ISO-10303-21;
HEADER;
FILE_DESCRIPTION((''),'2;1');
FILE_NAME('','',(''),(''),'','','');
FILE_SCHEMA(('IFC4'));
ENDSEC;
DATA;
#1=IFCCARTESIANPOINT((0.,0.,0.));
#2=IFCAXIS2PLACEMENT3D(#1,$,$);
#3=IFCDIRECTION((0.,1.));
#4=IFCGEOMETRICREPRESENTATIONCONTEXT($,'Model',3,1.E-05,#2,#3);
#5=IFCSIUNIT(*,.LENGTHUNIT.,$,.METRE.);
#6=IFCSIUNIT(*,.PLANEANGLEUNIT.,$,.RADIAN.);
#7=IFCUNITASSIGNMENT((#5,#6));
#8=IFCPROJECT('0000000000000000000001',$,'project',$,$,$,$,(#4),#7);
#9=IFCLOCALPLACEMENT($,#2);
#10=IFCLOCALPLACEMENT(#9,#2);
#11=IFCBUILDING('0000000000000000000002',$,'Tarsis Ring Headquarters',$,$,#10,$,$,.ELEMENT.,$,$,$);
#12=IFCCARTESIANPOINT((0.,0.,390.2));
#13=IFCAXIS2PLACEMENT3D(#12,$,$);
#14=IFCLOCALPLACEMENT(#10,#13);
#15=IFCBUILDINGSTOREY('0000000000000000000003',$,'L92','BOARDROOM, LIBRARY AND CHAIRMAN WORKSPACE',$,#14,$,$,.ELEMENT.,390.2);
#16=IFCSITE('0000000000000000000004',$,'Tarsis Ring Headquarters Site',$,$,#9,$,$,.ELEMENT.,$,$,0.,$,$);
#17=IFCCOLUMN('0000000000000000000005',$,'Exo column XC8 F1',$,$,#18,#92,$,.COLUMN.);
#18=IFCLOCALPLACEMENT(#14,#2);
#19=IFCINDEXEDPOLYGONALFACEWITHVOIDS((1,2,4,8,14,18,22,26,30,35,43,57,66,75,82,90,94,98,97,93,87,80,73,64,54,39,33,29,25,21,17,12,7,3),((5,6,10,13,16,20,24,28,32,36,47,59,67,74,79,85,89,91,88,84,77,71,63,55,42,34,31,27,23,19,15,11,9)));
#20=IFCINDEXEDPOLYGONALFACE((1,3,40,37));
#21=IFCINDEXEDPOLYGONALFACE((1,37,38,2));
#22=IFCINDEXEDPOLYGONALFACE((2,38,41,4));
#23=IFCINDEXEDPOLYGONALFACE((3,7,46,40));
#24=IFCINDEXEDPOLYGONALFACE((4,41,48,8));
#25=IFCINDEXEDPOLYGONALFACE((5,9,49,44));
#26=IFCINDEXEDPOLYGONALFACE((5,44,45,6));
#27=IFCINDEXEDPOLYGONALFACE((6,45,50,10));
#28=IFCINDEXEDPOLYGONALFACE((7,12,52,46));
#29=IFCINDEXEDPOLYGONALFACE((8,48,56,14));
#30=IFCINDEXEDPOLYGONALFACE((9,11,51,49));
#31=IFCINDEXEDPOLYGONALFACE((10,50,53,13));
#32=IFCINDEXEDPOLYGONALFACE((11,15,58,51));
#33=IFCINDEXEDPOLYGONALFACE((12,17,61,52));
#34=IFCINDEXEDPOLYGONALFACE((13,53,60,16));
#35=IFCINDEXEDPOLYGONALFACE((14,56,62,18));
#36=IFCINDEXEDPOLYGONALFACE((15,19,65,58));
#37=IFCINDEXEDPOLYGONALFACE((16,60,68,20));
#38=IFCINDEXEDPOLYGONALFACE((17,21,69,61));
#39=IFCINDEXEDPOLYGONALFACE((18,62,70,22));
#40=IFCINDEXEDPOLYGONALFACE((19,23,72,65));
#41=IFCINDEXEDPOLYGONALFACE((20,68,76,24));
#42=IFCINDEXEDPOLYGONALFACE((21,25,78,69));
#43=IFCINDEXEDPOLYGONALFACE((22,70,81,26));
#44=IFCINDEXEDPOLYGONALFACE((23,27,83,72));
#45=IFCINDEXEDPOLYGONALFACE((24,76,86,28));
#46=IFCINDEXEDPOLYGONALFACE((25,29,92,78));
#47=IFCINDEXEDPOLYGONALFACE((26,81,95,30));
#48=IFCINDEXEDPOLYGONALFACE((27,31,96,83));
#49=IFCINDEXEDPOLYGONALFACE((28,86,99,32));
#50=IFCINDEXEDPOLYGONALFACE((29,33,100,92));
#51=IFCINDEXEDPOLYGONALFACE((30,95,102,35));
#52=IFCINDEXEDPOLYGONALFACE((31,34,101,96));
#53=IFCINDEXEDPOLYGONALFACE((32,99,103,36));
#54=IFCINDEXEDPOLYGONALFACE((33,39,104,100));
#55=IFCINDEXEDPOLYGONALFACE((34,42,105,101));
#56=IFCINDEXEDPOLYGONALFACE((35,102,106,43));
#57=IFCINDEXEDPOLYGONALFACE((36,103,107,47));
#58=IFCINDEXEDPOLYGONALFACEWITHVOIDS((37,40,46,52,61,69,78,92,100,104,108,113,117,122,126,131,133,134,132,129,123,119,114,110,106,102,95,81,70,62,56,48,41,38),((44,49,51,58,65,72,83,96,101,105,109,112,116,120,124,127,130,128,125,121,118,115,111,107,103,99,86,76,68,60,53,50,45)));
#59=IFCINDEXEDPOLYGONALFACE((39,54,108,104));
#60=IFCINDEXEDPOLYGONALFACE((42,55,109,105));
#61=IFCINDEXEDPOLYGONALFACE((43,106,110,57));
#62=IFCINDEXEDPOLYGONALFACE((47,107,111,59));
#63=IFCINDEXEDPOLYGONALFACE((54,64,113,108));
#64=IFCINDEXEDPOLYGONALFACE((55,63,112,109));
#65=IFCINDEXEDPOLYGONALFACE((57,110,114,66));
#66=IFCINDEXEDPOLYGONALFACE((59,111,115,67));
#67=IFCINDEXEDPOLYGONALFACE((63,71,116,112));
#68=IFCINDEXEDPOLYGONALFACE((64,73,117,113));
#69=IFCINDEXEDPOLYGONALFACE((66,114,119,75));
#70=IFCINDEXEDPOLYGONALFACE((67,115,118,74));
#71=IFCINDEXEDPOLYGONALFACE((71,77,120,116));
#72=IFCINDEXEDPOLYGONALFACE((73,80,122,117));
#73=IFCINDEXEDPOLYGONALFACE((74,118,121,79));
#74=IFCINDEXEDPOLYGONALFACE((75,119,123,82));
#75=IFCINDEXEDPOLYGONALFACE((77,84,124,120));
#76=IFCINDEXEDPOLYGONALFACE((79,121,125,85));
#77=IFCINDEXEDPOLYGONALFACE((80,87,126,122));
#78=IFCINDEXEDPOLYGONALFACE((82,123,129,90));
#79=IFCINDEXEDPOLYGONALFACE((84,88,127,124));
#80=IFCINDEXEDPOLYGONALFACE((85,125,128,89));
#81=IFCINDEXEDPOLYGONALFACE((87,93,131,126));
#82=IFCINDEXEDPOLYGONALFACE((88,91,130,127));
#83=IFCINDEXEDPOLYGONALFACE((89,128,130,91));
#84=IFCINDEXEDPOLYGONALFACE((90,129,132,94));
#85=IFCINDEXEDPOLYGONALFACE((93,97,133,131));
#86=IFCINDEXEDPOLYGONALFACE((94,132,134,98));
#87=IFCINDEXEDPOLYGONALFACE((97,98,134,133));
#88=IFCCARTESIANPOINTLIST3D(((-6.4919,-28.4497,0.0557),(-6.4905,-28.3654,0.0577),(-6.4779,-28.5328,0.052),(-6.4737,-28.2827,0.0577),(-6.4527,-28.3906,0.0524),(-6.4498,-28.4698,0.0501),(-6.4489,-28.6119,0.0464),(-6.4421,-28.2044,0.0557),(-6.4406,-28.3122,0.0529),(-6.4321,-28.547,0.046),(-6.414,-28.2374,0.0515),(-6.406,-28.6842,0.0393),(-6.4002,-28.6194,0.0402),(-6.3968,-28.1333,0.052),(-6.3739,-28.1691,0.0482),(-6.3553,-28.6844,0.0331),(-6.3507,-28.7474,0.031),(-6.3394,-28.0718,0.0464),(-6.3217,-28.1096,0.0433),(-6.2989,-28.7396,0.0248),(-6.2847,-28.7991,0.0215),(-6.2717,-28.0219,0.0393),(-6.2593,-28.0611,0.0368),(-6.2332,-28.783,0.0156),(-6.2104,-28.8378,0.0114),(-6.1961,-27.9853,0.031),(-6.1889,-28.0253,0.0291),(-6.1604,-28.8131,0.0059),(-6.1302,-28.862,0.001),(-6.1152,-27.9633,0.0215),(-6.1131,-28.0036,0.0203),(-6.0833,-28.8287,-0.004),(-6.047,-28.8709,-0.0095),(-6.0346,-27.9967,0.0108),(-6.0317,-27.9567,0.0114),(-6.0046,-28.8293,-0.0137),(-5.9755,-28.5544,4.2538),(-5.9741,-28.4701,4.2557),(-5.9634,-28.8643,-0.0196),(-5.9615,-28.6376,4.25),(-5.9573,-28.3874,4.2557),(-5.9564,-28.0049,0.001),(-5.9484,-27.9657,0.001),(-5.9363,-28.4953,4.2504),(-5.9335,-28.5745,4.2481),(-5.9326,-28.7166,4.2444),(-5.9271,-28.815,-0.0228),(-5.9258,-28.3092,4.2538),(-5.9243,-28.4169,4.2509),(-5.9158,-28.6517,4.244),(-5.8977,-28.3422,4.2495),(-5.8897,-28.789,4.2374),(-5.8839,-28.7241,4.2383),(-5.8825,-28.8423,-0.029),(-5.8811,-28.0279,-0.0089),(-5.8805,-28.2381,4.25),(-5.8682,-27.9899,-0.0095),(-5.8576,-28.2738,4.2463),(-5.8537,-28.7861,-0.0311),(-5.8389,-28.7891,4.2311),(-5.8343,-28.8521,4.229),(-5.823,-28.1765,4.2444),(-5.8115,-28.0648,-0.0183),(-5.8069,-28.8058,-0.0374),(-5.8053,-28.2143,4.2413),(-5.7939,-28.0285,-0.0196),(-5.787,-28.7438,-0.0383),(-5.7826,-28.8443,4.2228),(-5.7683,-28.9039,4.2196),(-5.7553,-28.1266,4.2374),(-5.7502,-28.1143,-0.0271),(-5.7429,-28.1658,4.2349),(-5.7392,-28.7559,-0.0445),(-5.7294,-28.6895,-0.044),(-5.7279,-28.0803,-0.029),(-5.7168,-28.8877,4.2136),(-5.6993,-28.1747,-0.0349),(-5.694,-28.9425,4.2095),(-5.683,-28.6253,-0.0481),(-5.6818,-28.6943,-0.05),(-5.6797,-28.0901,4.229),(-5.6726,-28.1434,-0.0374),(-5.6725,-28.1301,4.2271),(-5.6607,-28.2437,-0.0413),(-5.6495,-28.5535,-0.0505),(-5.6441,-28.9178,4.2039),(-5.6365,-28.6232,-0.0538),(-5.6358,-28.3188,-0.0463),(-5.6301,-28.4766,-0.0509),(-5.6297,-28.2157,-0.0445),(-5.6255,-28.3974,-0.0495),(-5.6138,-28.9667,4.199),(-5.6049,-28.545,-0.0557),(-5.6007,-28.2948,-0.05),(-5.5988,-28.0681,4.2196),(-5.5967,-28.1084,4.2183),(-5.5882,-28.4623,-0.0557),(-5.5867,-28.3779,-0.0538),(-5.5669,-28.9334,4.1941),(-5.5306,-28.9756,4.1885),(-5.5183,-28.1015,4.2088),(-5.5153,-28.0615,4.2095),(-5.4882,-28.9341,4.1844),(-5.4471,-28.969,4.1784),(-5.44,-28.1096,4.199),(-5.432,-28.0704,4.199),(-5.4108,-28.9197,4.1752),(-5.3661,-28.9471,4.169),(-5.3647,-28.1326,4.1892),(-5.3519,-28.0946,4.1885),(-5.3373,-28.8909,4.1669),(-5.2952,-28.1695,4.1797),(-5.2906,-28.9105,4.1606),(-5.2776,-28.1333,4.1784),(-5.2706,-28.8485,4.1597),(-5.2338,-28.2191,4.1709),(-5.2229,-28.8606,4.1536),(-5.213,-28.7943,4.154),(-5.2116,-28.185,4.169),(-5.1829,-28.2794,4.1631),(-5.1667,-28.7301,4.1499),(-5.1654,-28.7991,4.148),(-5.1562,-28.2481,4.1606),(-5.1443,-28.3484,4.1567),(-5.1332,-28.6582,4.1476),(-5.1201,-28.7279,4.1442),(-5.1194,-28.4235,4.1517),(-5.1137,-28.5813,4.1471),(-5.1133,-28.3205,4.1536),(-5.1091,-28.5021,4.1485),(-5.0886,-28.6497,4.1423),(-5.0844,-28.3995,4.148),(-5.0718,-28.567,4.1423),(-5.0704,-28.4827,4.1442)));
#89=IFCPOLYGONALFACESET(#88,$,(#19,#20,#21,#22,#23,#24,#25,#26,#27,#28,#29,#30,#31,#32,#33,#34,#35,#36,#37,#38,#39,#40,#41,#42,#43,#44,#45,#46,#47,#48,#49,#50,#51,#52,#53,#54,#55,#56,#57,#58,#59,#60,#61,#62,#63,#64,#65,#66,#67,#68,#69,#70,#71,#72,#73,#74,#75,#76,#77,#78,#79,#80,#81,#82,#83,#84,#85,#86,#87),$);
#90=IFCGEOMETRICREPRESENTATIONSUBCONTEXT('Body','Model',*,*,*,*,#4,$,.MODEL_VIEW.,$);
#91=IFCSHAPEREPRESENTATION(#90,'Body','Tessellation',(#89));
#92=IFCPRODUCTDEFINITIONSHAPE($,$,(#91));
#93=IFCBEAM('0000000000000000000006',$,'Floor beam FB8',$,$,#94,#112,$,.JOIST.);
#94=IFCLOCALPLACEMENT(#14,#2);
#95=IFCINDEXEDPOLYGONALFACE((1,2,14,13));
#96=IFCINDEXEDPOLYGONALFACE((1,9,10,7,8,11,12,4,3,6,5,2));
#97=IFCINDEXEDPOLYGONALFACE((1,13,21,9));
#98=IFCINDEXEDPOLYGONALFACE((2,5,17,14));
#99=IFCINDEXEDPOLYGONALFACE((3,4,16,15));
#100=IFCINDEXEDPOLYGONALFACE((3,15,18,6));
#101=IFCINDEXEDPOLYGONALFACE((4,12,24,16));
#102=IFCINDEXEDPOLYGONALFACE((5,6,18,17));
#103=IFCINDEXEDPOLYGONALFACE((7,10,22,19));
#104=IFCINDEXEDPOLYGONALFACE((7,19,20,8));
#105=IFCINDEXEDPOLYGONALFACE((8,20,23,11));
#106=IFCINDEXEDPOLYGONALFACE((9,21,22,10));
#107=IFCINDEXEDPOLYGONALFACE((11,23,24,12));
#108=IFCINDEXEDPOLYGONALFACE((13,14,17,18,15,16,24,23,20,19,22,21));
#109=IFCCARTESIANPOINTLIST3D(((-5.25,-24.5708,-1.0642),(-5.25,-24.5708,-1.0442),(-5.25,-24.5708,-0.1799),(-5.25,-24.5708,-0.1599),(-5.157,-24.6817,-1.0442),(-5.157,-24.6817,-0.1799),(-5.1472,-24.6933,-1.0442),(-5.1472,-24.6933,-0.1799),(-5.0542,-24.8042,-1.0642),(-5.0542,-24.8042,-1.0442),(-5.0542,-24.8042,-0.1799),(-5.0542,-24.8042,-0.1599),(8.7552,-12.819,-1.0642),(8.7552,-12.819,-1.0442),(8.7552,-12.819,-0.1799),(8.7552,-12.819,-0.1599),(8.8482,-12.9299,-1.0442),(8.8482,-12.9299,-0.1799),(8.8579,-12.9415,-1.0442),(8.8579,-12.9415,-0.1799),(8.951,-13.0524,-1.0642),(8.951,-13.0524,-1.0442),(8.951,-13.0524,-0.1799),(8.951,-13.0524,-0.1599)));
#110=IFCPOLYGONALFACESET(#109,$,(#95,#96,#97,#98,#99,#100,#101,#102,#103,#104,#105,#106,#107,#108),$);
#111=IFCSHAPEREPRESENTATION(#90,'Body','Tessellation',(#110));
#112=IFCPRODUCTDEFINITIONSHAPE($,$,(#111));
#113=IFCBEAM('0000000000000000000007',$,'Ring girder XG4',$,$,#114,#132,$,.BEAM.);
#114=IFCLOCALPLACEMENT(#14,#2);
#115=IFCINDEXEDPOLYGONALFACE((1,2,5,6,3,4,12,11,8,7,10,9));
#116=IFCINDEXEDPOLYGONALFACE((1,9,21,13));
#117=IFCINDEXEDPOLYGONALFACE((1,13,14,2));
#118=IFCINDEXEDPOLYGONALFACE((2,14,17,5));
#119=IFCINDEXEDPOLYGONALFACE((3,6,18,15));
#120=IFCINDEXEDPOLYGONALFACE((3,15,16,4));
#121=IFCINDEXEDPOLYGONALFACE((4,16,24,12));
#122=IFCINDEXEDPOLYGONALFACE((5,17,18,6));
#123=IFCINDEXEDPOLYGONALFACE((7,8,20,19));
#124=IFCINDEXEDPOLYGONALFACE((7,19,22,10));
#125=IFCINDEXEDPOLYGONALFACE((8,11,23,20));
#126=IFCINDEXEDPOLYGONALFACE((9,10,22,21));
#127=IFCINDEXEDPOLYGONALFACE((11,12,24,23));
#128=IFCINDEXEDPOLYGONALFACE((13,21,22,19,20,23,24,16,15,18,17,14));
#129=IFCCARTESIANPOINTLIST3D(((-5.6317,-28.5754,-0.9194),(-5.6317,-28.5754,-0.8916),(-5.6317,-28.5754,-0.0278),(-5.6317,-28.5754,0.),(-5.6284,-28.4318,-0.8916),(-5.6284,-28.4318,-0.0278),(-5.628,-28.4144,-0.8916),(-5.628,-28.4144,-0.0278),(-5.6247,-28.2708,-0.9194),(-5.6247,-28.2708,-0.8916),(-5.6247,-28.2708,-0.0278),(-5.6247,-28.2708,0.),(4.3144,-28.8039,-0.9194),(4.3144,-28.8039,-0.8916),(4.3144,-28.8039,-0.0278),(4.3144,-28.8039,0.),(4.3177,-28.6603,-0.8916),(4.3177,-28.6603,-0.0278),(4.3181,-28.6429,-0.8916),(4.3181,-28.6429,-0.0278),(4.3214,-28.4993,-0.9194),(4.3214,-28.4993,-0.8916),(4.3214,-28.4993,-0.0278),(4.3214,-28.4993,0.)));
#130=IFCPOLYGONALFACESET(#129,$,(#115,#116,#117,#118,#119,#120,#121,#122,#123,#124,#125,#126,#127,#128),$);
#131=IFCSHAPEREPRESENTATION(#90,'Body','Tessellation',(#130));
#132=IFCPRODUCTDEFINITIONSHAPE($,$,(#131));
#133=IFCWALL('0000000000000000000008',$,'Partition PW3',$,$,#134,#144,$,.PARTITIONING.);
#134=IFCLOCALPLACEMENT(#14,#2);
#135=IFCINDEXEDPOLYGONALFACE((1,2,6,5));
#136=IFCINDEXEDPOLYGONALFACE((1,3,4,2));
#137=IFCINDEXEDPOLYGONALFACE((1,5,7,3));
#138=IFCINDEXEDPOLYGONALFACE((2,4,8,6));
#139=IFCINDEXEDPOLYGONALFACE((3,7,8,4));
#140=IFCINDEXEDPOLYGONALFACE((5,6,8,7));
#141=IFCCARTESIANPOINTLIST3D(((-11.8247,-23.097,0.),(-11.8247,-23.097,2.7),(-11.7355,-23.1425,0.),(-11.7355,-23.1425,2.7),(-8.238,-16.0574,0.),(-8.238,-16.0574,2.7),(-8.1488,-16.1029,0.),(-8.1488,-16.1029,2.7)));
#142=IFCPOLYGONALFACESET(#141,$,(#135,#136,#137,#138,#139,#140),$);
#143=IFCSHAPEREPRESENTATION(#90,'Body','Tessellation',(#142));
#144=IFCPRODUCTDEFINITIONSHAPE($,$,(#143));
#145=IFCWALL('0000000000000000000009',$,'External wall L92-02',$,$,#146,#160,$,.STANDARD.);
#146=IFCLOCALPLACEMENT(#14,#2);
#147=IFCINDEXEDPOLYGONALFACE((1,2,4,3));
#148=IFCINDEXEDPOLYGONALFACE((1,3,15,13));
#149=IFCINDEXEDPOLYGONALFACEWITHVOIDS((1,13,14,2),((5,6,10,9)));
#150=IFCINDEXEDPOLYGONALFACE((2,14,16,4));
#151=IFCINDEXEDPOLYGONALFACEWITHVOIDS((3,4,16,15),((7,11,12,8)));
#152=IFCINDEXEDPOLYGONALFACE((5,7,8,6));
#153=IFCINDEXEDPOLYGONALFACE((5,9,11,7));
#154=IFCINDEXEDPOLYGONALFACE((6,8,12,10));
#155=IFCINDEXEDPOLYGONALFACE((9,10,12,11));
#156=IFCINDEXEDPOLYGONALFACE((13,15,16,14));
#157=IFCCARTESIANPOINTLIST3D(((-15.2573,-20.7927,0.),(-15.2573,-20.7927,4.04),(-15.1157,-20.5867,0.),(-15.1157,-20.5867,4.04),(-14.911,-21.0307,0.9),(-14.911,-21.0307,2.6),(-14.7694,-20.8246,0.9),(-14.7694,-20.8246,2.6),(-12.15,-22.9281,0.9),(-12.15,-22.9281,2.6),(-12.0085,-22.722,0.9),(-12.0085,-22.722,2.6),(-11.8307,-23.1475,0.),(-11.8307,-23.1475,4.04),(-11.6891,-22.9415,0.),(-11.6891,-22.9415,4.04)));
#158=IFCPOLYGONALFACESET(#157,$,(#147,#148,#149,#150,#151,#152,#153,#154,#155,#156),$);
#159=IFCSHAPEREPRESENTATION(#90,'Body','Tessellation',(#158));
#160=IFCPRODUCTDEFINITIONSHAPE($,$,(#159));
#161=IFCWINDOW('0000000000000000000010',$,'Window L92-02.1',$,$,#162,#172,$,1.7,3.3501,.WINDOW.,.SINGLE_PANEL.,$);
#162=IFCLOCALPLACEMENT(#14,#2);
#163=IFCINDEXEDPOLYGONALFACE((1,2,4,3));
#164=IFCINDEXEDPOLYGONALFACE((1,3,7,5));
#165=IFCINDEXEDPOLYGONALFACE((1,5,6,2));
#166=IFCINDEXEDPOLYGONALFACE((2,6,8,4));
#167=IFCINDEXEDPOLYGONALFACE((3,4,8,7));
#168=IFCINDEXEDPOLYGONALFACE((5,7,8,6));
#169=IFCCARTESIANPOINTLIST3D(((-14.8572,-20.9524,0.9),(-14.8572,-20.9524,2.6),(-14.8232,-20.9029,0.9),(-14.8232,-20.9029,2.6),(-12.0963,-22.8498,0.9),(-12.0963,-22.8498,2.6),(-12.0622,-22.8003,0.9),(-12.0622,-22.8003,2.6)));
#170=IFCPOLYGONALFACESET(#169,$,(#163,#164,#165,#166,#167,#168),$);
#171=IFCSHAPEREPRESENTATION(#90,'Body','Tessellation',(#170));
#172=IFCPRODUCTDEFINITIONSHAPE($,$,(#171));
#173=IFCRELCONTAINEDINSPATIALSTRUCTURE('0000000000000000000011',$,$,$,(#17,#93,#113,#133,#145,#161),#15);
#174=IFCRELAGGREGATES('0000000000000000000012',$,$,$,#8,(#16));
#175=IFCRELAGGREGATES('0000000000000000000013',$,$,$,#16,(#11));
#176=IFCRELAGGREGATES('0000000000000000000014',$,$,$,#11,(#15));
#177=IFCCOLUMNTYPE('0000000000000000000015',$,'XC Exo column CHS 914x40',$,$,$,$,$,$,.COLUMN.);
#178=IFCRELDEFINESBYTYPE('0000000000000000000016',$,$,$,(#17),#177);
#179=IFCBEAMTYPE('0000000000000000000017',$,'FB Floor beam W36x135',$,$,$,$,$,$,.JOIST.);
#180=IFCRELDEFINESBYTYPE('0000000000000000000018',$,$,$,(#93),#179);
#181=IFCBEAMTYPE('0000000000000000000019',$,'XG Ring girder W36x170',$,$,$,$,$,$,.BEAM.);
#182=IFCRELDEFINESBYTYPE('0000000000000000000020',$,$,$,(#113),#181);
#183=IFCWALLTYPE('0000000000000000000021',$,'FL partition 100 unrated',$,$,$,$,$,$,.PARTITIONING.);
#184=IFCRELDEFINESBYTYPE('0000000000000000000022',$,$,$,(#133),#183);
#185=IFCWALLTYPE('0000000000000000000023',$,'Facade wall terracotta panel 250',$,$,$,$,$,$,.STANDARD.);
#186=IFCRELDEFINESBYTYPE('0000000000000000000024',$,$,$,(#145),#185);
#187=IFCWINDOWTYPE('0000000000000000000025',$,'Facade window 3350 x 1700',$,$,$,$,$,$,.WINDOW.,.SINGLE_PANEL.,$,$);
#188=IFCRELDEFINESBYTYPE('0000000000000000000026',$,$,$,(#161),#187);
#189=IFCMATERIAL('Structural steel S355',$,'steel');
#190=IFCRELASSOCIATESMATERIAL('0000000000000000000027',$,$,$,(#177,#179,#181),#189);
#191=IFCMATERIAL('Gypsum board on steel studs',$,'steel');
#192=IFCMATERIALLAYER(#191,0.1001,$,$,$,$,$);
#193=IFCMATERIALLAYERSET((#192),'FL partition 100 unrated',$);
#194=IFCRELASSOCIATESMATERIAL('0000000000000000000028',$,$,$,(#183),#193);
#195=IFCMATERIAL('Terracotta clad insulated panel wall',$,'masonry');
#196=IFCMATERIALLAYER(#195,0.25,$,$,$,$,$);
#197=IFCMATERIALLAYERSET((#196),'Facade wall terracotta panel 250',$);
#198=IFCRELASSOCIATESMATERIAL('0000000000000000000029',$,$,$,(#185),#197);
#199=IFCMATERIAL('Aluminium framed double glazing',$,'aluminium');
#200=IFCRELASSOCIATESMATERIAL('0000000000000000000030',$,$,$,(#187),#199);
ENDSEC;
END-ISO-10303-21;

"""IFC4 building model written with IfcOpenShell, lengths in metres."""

from ifc_helpers import new_model, si_unit, direction, frame, frame_2d, origin, origin_2d, place, context, subcontext, project, spatial, rectangle, hollow_circle, i_section, extrude, material, layer, layer_set, material_profile, profile_set, type_object, element, fill, save


model = new_model("IFC4")

# Units and contexts
model_context = context("Model", 3, precision=1e-05, world=origin(), true_north=direction((0.0, 1.0)))
body_context = subcontext(model_context, "Body", "Model", "MODEL_VIEW")
ifc_project = project(units=[si_unit("LENGTHUNIT", "METRE"), si_unit("PLANEANGLEUNIT", "RADIAN")], contexts=[model_context])

# Site, building, storey
site_placement = place(None, origin())
site = spatial("IfcSite", under=ifc_project, at=site_placement, Name="Tarsis Ring Headquarters Site", CompositionType="ELEMENT", RefElevation=0.0)
building_placement = place(site_placement, origin())
building = spatial("IfcBuilding", under=site, at=building_placement, Name="Tarsis Ring Headquarters", CompositionType="ELEMENT")
storey_placement = place(building_placement, frame((0.0, 0.0, 390.2)))
storey = spatial("IfcBuildingStorey", under=building, at=storey_placement, Name="L92", Description="BOARDROOM, LIBRARY AND CHAIRMAN WORKSPACE", CompositionType="ELEMENT", Elevation=390.2)

# Column
ifc_material_1 = material(Name="Structural steel S355", Category="steel")
ifc_material_profile_1 = material_profile(ifc_material_1, hollow_circle(Radius=0.457, WallThickness=0.04, at=origin_2d()), Name="CHS 914x40")
ifc_profile_set_1 = profile_set([ifc_material_profile_1], Name="Structural steel S355")
column_type = type_object("IfcColumnType", Name="XC Exo column CHS 914x40", PredefinedType="COLUMN", material=ifc_profile_set_1)
column_placement = place(storey_placement, frame((-6.0393, -28.4138, 0.001), z_axis=(0.122043, -0.024755, 0.992216), x_axis=(0.198789, 0.980042, 0.0)))
element("IfcColumn", 1, at=column_placement, inside=storey, type_object=column_type, Name="Exo column XC8 F1", PredefinedType="COLUMN", context=body_context, shape_type="SweptSolid", body=[
    extrude(hollow_circle(Radius=0.4573, WallThickness=0.04, at=origin_2d()), origin(), (0.0, 0.0, 1.0), 4.231),
])

# Beams
ifc_material_profile_2 = material_profile(ifc_material_1, i_section(OverallWidth=0.3047, OverallDepth=0.9043, WebThickness=0.0151, FlangeThickness=0.02, at=origin_2d()), Name="W36x135")
ifc_profile_set_2 = profile_set([ifc_material_profile_2], Name="Structural steel S355")
beam_type_1 = type_object("IfcBeamType", Name="FB Floor beam W36x135", PredefinedType="JOIST", material=ifc_profile_set_2)
beam_1_placement = place(storey_placement, frame((-5.1521, -24.6875, -0.6121), z_axis=(0.766044, 0.642788, 0.0), x_axis=(-0.642788, 0.766044, 0.0)))
element("IfcBeam", 2, at=beam_1_placement, inside=storey, type_object=beam_type_1, Name="Floor beam FB8", PredefinedType="JOIST", context=body_context, shape_type="SweptSolid", body=[
    extrude(i_section(OverallWidth=0.3047, OverallDepth=0.9043, WebThickness=0.0151, FlangeThickness=0.02, at=origin_2d()), origin(), (0.0, 0.0, 1.0), 18.2825),
])
ifc_material_profile_3 = material_profile(ifc_material_1, i_section(OverallWidth=0.3047, OverallDepth=0.9194, WebThickness=0.0173, FlangeThickness=0.0278, at=origin_2d()), Name="W36x170")
ifc_profile_set_3 = profile_set([ifc_material_profile_3], Name="Structural steel S355")
beam_type_2 = type_object("IfcBeamType", Name="XG Ring girder W36x170", PredefinedType="BEAM", material=ifc_profile_set_3)
beam_2_placement = place(storey_placement, frame((-5.6282, -28.4231, -0.4597), z_axis=(0.999736, -0.022969, 0.0), x_axis=(0.022969, 0.999736, 0.0)))
element("IfcBeam", 3, at=beam_2_placement, inside=storey, type_object=beam_type_2, Name="Ring girder XG4", PredefinedType="BEAM", context=body_context, shape_type="SweptSolid", body=[
    extrude(i_section(OverallWidth=0.3047, OverallDepth=0.9194, WebThickness=0.0173, FlangeThickness=0.0278, at=origin_2d()), origin(), (0.0, 0.0, 1.0), 9.9487),
])

# Wall
ifc_material_2 = material(Name="Gypsum board on steel studs", Category="steel")
ifc_layer_1 = layer(ifc_material_2, 0.1001)
ifc_layer_set_1 = layer_set([ifc_layer_1], Name="FL partition 100 unrated")
wall_type_1 = type_object("IfcWallType", Name="FL partition 100 unrated", PredefinedType="PARTITIONING", material=ifc_layer_set_1)
wall_1_placement = place(storey_placement, frame((-11.78, -23.1196, 0.0), z_axis=(0.0, 0.0, 1.0), x_axis=(0.453974, 0.891015, 0.0)))
element("IfcWall", 4, at=wall_1_placement, inside=storey, type_object=wall_type_1, Name="Partition PW3", PredefinedType="PARTITIONING", context=body_context, shape_type="SweptSolid", body=[
    extrude(rectangle(XDim=7.9006, YDim=0.1001, at=frame_2d((3.9502, 0.0))), origin(), (0.0, 0.0, 1.0), 2.7),
])

# Wall, opening, window
ifc_material_3 = material(Name="Terracotta clad insulated panel wall", Category="masonry")
ifc_layer_2 = layer(ifc_material_3, 0.25)
ifc_layer_set_2 = layer_set([ifc_layer_2], Name="Facade wall terracotta panel 250")
wall_type_2 = type_object("IfcWallType", Name="Facade wall terracotta panel 250", PredefinedType="STANDARD", material=ifc_layer_set_2)
wall_2_placement = place(storey_placement, frame((-15.1865, -20.6897, 0.0), z_axis=(0.0, 0.0, 1.0), x_axis=(0.824153, -0.566367, 0.0)))
wall_2 = element("IfcWall", 5, at=wall_2_placement, inside=storey, type_object=wall_type_2, Name="External wall L92-02", PredefinedType="STANDARD", context=body_context, shape_type="SweptSolid", body=[
    extrude(rectangle(XDim=4.1577, YDim=0.25, at=frame_2d((2.0789, 0.0))), origin(), (0.0, 0.0, 1.0), 4.04),
])
opening_1_placement = place(wall_2_placement, frame((0.4202, 0.0, 0.8999)))
opening_1 = element("IfcOpeningElement", 6, at=opening_1_placement, cuts=wall_2, PredefinedType="OPENING", context=body_context, shape_type="SweptSolid", body=[
    extrude(rectangle(XDim=3.3501, YDim=1.7, at=frame_2d((1.675, 0.8501))), frame((0.0, 0.135, 0.0), z_axis=(0.0, -1.0, 0.0), x_axis=(1.0, 0.0, 0.0)), (0.0, 0.0, 1.0), 0.27),
])
ifc_material_4 = material(Name="Aluminium framed double glazing", Category="aluminium")
window_type_1 = type_object("IfcWindowType", Name="Facade window 3350 x 1700", PartitioningType="SINGLE_PANEL", PredefinedType="WINDOW", material=ifc_material_4)
window_1_placement = place(opening_1_placement, origin())
window_1 = element("IfcWindow", 7, at=window_1_placement, inside=storey, type_object=window_type_1, Name="Window L92-02.1", OverallHeight=1.7, OverallWidth=3.3501, PartitioningType="SINGLE_PANEL", PredefinedType="WINDOW", context=body_context, shape_type="SweptSolid", body=[
    extrude(rectangle(XDim=3.3501, YDim=1.7, at=frame_2d((1.675, 0.8501))), frame((0.0, 0.03, 0.0), z_axis=(0.0, -1.0, 0.0), x_axis=(1.0, 0.0, 0.0)), (0.0, 0.0, 1.0), 0.0601),
])
fill(opening_1, window_1)

save(model, "model.ifc")
